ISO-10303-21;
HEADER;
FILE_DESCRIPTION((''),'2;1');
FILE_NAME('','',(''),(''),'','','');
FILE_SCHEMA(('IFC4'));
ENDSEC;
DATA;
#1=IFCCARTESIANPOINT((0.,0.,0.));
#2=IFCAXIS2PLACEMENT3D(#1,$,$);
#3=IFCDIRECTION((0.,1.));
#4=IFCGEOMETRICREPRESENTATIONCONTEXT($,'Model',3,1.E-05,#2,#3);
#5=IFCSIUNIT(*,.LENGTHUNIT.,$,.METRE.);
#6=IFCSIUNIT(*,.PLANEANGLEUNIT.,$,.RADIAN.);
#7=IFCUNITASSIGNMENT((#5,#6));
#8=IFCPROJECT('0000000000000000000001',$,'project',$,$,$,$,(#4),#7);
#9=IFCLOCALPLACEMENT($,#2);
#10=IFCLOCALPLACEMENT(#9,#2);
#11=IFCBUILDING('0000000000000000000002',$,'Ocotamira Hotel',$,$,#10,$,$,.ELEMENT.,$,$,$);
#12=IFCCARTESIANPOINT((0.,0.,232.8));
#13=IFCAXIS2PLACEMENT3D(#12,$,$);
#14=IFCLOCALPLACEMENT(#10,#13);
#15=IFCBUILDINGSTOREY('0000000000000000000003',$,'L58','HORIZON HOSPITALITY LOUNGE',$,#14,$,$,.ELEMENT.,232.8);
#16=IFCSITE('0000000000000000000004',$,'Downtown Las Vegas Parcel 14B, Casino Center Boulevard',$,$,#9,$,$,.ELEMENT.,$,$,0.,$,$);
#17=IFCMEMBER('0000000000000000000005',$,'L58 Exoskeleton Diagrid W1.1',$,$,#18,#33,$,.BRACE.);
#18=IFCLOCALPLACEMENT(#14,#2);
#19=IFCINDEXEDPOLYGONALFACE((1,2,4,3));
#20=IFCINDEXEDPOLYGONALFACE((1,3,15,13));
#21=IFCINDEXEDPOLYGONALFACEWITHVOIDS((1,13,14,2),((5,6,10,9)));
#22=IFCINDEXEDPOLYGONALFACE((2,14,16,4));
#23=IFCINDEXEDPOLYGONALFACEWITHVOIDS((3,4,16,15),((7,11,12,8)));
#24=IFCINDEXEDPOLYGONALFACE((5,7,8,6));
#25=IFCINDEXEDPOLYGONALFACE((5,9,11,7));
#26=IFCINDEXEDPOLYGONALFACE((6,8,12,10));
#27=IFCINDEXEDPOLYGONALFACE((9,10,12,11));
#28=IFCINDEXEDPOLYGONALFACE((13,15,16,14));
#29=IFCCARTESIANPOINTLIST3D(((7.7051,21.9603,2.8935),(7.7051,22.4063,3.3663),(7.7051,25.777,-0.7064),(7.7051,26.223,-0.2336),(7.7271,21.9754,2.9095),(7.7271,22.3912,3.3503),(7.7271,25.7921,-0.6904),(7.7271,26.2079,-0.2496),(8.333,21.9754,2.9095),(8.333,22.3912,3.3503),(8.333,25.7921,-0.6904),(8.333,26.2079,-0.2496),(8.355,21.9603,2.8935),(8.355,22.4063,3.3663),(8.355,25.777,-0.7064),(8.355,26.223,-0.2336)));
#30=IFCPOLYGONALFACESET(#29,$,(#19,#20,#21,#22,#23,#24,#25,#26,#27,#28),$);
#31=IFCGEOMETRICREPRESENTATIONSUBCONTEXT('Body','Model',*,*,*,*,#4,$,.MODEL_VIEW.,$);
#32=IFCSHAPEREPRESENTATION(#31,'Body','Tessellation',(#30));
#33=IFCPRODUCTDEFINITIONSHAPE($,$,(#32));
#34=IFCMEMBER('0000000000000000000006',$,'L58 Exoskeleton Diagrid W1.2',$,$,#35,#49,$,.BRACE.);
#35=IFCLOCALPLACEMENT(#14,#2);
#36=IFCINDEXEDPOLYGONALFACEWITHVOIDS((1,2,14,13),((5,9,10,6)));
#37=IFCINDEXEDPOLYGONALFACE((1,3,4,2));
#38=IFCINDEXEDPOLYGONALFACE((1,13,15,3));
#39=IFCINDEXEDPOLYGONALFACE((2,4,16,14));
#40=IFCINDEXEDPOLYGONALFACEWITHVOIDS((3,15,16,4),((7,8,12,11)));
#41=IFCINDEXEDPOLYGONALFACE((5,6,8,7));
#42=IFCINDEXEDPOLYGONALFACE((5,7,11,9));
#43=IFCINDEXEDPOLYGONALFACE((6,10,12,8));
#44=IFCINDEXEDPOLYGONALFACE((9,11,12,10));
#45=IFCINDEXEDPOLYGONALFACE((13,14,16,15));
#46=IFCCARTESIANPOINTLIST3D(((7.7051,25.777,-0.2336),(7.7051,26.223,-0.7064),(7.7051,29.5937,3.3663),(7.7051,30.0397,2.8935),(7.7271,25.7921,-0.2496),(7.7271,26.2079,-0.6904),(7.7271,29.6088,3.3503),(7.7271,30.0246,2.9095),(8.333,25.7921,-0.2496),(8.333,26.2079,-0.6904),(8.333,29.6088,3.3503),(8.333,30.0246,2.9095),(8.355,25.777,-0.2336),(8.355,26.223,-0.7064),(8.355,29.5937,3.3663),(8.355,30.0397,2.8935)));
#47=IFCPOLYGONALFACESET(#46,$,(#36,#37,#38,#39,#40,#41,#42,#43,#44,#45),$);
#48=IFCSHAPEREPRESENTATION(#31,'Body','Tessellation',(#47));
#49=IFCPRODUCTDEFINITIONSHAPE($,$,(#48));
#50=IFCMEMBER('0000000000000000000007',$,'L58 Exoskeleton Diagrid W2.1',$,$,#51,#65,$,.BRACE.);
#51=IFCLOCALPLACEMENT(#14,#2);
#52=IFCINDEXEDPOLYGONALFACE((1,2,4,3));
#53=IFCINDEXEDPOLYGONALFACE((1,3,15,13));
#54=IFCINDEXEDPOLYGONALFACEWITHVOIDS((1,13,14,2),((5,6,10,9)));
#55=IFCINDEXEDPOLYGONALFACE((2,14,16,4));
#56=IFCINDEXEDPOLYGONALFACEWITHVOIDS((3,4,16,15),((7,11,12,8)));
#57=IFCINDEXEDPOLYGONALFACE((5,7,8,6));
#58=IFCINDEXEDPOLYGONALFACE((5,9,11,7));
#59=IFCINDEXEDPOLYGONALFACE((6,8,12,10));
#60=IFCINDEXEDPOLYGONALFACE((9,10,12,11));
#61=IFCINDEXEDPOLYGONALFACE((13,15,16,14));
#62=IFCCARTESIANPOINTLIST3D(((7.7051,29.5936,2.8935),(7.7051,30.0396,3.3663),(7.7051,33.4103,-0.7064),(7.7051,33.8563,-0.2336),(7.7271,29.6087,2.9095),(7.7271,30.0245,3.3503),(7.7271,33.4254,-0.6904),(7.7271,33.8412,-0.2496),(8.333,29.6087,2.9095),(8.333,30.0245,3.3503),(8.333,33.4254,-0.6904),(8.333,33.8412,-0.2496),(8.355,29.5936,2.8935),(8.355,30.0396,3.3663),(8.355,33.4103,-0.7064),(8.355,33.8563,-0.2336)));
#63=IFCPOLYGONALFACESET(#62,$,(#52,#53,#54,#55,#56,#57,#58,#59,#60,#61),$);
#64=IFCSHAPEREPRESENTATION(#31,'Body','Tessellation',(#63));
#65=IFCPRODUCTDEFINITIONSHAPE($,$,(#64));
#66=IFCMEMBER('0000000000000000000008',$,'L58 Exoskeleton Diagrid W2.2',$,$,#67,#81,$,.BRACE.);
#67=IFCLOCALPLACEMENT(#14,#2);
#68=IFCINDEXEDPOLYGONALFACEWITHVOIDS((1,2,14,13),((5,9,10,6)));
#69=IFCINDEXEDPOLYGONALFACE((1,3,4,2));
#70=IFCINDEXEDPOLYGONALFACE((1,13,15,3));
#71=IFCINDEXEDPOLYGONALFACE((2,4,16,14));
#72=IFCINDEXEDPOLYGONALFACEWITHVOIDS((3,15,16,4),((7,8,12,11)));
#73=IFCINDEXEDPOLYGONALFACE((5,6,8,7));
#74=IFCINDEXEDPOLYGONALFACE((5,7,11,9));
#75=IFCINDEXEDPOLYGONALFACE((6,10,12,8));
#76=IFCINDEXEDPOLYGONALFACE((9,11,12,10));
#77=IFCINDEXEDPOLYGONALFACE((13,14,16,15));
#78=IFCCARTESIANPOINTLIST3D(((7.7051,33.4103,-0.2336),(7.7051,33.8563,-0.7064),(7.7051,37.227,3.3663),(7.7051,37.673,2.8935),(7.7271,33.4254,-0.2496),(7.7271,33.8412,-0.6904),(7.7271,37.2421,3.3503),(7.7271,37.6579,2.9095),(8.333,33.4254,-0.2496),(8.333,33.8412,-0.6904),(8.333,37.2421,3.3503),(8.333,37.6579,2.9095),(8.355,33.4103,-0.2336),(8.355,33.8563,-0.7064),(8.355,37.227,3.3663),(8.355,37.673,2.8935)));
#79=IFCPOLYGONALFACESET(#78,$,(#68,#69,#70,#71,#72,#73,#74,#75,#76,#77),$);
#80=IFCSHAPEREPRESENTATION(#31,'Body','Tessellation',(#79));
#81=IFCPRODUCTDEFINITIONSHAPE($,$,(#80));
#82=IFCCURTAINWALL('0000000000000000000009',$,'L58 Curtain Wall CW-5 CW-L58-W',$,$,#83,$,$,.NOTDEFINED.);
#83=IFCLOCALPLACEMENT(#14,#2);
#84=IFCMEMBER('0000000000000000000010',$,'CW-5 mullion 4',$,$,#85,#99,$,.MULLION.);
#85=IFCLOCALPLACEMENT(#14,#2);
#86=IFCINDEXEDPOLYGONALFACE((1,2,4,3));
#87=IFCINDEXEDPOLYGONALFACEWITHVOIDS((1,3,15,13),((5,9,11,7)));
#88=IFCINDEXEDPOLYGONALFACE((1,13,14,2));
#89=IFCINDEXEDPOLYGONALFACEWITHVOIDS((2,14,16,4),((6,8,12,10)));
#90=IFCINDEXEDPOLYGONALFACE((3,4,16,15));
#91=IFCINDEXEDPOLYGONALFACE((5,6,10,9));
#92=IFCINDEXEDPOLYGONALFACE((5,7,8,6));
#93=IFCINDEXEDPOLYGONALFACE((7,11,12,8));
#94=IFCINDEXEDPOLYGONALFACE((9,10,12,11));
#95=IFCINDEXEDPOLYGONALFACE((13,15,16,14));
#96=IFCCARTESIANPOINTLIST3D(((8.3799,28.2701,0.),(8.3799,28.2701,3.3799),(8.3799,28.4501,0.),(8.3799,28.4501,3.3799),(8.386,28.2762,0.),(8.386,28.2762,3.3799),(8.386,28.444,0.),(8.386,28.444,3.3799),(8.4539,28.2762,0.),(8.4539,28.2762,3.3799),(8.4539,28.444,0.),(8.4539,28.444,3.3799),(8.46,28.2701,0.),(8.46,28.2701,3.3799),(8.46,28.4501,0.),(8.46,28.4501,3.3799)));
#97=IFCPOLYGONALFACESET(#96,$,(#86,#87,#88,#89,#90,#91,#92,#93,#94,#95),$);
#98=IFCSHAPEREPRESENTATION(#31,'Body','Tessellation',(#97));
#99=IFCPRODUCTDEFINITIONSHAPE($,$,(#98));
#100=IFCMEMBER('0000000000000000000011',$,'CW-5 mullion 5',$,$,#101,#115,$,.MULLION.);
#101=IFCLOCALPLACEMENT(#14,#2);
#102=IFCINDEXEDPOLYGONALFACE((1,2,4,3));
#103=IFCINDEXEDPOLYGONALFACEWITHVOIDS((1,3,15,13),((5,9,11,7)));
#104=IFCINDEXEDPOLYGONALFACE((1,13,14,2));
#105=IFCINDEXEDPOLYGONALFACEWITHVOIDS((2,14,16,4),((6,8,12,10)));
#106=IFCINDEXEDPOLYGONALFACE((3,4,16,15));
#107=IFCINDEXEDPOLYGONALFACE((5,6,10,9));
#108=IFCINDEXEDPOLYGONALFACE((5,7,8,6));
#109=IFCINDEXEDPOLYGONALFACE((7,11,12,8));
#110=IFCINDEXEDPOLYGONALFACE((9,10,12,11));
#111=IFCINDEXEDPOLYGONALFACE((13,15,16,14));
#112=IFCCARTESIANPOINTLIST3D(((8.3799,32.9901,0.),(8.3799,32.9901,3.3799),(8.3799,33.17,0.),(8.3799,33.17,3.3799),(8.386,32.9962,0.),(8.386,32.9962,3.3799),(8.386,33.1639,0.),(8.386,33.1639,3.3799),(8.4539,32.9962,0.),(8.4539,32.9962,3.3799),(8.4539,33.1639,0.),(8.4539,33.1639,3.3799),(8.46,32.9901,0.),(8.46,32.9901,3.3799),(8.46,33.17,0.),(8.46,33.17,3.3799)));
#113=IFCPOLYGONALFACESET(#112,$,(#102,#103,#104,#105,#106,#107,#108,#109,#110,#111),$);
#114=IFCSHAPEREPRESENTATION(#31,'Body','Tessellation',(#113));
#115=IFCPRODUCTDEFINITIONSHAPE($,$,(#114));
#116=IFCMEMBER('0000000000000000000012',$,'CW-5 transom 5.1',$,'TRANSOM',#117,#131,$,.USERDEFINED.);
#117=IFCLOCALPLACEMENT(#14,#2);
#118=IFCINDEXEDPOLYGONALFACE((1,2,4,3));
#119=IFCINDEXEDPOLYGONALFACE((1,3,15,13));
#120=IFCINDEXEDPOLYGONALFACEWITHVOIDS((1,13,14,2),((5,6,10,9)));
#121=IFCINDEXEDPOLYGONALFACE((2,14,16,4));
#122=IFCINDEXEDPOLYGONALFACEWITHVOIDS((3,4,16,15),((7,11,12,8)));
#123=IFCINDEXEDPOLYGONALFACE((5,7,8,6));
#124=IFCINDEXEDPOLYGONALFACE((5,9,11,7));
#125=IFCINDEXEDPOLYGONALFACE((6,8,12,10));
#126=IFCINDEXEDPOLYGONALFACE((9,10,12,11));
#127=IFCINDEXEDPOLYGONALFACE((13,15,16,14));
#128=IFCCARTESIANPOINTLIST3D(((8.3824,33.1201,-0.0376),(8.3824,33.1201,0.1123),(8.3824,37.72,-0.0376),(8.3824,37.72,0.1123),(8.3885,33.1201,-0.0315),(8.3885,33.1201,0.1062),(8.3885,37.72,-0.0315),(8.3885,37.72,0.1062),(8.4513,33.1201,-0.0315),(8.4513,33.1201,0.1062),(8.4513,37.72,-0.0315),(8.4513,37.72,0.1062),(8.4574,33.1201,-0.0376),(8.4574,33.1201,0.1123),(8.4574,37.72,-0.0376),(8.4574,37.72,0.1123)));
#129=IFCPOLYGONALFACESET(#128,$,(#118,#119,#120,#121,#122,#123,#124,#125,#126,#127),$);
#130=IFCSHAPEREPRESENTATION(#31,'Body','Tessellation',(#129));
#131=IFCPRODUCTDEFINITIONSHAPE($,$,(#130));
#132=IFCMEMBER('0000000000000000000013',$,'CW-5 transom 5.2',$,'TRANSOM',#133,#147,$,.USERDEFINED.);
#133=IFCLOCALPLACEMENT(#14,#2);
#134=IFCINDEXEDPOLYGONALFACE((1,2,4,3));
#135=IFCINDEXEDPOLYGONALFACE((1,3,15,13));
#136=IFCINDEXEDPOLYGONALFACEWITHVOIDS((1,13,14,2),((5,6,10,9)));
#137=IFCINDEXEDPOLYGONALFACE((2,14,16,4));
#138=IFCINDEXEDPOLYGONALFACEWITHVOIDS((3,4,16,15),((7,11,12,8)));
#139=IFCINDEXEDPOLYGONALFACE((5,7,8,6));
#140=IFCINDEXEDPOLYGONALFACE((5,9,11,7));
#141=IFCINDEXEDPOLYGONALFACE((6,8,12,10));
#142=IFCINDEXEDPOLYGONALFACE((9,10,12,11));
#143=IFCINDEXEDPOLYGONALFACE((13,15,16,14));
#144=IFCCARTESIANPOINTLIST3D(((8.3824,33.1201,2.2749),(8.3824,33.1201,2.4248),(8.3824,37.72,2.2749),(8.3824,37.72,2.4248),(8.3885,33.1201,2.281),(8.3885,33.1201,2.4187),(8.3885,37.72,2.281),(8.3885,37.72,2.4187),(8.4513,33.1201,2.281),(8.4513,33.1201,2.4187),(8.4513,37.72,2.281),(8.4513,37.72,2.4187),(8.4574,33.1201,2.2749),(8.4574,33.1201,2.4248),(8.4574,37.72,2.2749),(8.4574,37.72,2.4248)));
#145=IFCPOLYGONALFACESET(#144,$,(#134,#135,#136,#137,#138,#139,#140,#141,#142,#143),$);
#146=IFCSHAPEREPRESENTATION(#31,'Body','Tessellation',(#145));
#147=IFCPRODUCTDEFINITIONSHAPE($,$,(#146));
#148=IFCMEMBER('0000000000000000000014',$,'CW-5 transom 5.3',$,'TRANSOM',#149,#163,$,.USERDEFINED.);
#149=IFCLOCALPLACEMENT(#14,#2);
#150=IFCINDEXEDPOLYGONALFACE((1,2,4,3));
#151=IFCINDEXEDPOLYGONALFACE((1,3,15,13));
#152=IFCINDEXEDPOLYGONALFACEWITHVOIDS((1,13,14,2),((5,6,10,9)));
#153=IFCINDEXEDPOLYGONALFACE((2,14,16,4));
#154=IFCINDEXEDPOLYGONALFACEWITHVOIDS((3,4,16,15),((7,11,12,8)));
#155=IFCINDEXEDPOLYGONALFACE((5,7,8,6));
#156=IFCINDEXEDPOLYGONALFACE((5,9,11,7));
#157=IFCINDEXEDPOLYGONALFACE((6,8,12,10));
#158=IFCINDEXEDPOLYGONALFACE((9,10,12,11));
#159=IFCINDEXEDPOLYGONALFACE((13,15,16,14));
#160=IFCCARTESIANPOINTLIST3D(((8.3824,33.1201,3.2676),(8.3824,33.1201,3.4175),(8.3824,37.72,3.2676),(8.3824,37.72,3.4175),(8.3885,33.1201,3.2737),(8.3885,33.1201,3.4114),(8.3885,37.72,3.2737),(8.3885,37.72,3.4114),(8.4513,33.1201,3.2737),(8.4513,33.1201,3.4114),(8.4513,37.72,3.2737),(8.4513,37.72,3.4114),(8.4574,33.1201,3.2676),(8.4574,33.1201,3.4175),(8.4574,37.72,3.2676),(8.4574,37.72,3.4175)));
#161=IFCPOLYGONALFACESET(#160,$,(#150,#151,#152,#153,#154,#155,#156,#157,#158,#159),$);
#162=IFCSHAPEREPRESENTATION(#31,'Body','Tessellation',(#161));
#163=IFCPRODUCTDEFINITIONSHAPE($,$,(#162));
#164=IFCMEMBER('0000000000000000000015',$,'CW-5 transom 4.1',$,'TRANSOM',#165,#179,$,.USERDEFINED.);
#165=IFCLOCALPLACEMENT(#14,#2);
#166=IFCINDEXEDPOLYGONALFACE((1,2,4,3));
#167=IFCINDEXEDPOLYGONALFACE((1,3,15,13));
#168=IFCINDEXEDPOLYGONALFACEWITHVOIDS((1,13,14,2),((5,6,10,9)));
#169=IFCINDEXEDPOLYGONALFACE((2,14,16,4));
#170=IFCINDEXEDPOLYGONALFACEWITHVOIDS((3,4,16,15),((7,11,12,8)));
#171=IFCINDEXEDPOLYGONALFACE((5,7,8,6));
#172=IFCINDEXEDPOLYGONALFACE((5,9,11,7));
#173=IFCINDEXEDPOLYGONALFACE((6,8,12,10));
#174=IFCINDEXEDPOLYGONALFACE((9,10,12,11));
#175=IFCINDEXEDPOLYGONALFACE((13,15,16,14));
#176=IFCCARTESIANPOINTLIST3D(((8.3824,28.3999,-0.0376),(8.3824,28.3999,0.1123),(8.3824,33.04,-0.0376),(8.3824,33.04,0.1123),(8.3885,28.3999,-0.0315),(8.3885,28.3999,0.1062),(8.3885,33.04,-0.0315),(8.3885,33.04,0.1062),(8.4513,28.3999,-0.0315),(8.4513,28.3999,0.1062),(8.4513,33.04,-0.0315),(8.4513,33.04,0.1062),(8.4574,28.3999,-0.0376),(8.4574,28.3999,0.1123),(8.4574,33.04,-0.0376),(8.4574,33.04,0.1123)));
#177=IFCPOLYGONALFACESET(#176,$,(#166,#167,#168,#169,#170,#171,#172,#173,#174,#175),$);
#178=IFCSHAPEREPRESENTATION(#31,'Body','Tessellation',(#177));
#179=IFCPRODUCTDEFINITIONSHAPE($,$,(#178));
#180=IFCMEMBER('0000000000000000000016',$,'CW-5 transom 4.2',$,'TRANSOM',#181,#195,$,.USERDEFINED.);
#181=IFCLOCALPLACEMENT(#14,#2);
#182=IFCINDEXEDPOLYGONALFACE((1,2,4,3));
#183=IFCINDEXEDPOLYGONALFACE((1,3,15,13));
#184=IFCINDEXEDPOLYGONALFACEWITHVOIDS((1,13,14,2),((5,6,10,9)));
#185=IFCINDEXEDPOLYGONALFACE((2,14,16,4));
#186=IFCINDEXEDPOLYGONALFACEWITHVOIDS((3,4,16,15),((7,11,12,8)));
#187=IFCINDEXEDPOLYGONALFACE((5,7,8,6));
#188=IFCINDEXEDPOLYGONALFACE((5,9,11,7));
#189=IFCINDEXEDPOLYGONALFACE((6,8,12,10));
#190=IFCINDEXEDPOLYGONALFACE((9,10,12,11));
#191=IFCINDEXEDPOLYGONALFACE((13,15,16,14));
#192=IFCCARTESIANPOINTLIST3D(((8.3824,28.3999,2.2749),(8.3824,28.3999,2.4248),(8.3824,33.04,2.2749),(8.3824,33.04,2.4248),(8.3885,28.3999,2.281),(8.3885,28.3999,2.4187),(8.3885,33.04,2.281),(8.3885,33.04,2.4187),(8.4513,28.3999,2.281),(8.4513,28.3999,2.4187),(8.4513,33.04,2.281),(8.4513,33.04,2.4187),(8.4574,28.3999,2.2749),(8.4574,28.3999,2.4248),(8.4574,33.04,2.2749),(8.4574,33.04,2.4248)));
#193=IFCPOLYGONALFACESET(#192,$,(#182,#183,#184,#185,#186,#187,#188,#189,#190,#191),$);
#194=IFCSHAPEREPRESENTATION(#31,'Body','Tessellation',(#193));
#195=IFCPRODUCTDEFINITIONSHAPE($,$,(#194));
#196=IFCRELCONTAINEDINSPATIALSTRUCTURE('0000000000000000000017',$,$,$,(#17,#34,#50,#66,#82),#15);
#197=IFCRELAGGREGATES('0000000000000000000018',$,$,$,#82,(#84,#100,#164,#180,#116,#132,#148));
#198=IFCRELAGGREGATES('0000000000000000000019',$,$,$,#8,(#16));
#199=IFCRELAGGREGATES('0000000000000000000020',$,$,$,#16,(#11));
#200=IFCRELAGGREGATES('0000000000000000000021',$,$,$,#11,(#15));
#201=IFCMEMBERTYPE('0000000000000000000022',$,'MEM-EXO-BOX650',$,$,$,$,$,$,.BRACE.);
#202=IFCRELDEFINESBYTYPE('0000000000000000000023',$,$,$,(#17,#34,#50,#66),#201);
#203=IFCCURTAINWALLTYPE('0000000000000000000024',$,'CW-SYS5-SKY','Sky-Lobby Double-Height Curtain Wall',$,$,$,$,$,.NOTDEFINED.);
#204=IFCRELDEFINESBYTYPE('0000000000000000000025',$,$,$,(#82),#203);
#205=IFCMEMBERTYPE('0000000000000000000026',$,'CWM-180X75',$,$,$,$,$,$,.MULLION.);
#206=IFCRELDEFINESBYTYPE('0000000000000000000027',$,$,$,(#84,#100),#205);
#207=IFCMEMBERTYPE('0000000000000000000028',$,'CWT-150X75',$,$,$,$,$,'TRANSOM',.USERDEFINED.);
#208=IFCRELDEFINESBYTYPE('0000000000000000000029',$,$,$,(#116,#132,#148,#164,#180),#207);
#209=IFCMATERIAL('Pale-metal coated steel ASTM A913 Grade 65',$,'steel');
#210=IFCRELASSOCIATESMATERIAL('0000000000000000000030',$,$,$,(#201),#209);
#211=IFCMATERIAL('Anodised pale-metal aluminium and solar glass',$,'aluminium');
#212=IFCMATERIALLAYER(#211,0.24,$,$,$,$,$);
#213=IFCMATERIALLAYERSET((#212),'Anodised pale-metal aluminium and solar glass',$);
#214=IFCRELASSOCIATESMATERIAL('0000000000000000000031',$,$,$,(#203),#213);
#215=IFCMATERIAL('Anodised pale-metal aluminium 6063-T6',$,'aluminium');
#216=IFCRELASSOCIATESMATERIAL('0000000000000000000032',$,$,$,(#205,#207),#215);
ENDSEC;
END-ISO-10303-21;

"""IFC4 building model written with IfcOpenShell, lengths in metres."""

from ifc_helpers import new_model, si_unit, direction, frame, origin, origin_2d, place, context, subcontext, project, spatial, hollow_rectangle, extrude, source, transform, mapped, material, layer, layer_set, material_profile, profile_set, type_object, element, aggregate, save


model = new_model("IFC4")

# Units and contexts
model_context = context("Model", 3, precision=1e-05, world=origin(), true_north=direction((0.0, 1.0)))
body_context = subcontext(model_context, "Body", "Model", "MODEL_VIEW")
ifc_project = project(units=[si_unit("LENGTHUNIT", "METRE"), si_unit("PLANEANGLEUNIT", "RADIAN")], contexts=[model_context])

# Site, building, storey
site_placement = place(None, origin())
site = spatial("IfcSite", under=ifc_project, at=site_placement, Name="Downtown Las Vegas Parcel 14B, Casino Center Boulevard", CompositionType="ELEMENT", RefElevation=0.0)
building_placement = place(site_placement, origin())
building = spatial("IfcBuilding", under=site, at=building_placement, Name="Ocotamira Hotel", CompositionType="ELEMENT")
storey_placement = place(building_placement, frame((0.0, 0.0, 232.8)))
storey = spatial("IfcBuildingStorey", under=building, at=storey_placement, Name="L58", Description="HORIZON HOSPITALITY LOUNGE", CompositionType="ELEMENT", Elevation=232.8)

# Members
ifc_material_1 = material(Name="Pale-metal coated steel ASTM A913 Grade 65", Category="steel")
ifc_material_profile_1 = material_profile(ifc_material_1, hollow_rectangle(XDim=0.6499, YDim=0.6499, WallThickness=0.022, at=origin_2d()), Name="BOX650X650X22")
ifc_profile_set_1 = profile_set([ifc_material_profile_1], Name="Pale-metal coated steel ASTM A913 Grade 65")
member_type_1 = type_object("IfcMemberType", Name="MEM-EXO-BOX650", PredefinedType="BRACE", material=ifc_profile_set_1)
shared_shape_1 = source(origin(), body_context, "Body", "SweptSolid", [
    extrude(hollow_rectangle(XDim=0.6499, YDim=0.6499, WallThickness=0.022, at=origin_2d()), origin(), (0.0, 0.0, 1.0), 5.2466),
])
for number, where, z_axis, x_axis, name in (
    (1, (8.03, 26.0, -0.47), (0.0, -0.727466, 0.686144), (1.0, 0.0, 0.0), "L58 Exoskeleton Diagrid W1.1"),
    (2, (8.03, 26.0, -0.47), (0.0, 0.727466, 0.686144), (-1.0, 0.0, 0.0), "L58 Exoskeleton Diagrid W1.2"),
    (3, (8.03, 33.6333, -0.47), (0.0, -0.727466, 0.686144), (1.0, 0.0, 0.0), "L58 Exoskeleton Diagrid W2.1"),
    (4, (8.03, 33.6333, -0.47), (0.0, 0.727466, 0.686144), (-1.0, 0.0, 0.0), "L58 Exoskeleton Diagrid W2.2"),
):
    element("IfcMember", number, at=place(storey_placement, frame(where, z_axis=z_axis, x_axis=x_axis)), inside=storey, type_object=member_type_1, Name=name, PredefinedType="BRACE", context=body_context, shape_type="MappedRepresentation", body=[
        mapped(shared_shape_1, transform((0.0, 0.0, 0.0), scale=1.0)),
    ])

# Curtain wall, members
ifc_material_2 = material(Name="Anodised pale-metal aluminium and solar glass", Category="aluminium")
ifc_layer_1 = layer(ifc_material_2, 0.24)
ifc_layer_set_1 = layer_set([ifc_layer_1], Name="Anodised pale-metal aluminium and solar glass")
curtain_wall_type = type_object("IfcCurtainWallType", Name="CW-SYS5-SKY", Description="Sky-Lobby Double-Height Curtain Wall", PredefinedType="NOTDEFINED", material=ifc_layer_set_1)
curtain_wall_placement = place(storey_placement, origin())
curtain_wall = element("IfcCurtainWall", 5, at=curtain_wall_placement, inside=storey, type_object=curtain_wall_type, Name="L58 Curtain Wall CW-5 CW-L58-W", PredefinedType="NOTDEFINED")
ifc_material_3 = material(Name="Anodised pale-metal aluminium 6063-T6", Category="aluminium")
ifc_material_profile_2 = material_profile(ifc_material_3, hollow_rectangle(XDim=0.0801, YDim=0.1799, WallThickness=0.0061, at=origin_2d()), Name="HSS180X80X6")
ifc_profile_set_2 = profile_set([ifc_material_profile_2], Name="Anodised pale-metal aluminium 6063-T6")
member_type_2 = type_object("IfcMemberType", Name="CWM-180X75", PredefinedType="MULLION", material=ifc_profile_set_2)
shared_shape_2 = source(origin(), body_context, "Body", "SweptSolid", [
    extrude(hollow_rectangle(XDim=0.0801, YDim=0.1799, WallThickness=0.0061, at=origin_2d()), origin(), (0.0, 0.0, 1.0), 3.3799),
])
member_1_placement = place(storey_placement, frame((8.4199, 28.3601, 0.0), z_axis=(0.0, 0.0, 1.0), x_axis=(-1.0, 0.0, 0.0)))
member_1 = element("IfcMember", 6, at=member_1_placement, type_object=member_type_2, Name="CW-5 mullion 4", PredefinedType="MULLION", context=body_context, shape_type="MappedRepresentation", body=[
    mapped(shared_shape_2, transform((0.0, 0.0, 0.0), scale=1.0)),
])
member_2_placement = place(storey_placement, frame((8.4199, 33.0801, 0.0), z_axis=(0.0, 0.0, 1.0), x_axis=(-1.0, 0.0, 0.0)))
member_2 = element("IfcMember", 7, at=member_2_placement, type_object=member_type_2, Name="CW-5 mullion 5", PredefinedType="MULLION", context=body_context, shape_type="MappedRepresentation", body=[
    mapped(shared_shape_2, transform((0.0, 0.0, 0.0), scale=1.0)),
])
ifc_material_profile_3 = material_profile(ifc_material_3, hollow_rectangle(XDim=0.075, YDim=0.1499, WallThickness=0.0061, at=origin_2d()), Name="HSS150X75X6")
ifc_profile_set_3 = profile_set([ifc_material_profile_3], Name="Anodised pale-metal aluminium 6063-T6")
member_type_3 = type_object("IfcMemberType", Name="CWT-150X75", ElementType="TRANSOM", PredefinedType="USERDEFINED", material=ifc_profile_set_3)
shared_shape_3 = source(origin(), body_context, "Body", "SweptSolid", [
    extrude(hollow_rectangle(XDim=0.075, YDim=0.1499, WallThickness=0.0061, at=origin_2d()), origin(), (0.0, 0.0, 1.0), 4.5999),
])
member_3_placement = place(storey_placement, frame((8.4199, 33.1201, 0.0374), z_axis=(0.0, 1.0, 0.0), x_axis=(-1.0, 0.0, 0.0)))
member_3 = element("IfcMember", 8, at=member_3_placement, type_object=member_type_3, Name="CW-5 transom 5.1", ObjectType="TRANSOM", PredefinedType="USERDEFINED", context=body_context, shape_type="MappedRepresentation", body=[
    mapped(shared_shape_3, transform((0.0, 0.0, 0.0), scale=1.0)),
])
member_4_placement = place(storey_placement, frame((8.4199, 33.1201, 2.3499), z_axis=(0.0, 1.0, 0.0), x_axis=(-1.0, 0.0, 0.0)))
member_4 = element("IfcMember", 9, at=member_4_placement, type_object=member_type_3, Name="CW-5 transom 5.2", ObjectType="TRANSOM", PredefinedType="USERDEFINED", context=body_context, shape_type="MappedRepresentation", body=[
    mapped(shared_shape_3, transform((0.0, 0.0, 0.0), scale=1.0)),
])
member_5_placement = place(storey_placement, frame((8.4199, 33.1201, 3.3425), z_axis=(0.0, 1.0, 0.0), x_axis=(-1.0, 0.0, 0.0)))
member_5 = element("IfcMember", 10, at=member_5_placement, type_object=member_type_3, Name="CW-5 transom 5.3", ObjectType="TRANSOM", PredefinedType="USERDEFINED", context=body_context, shape_type="MappedRepresentation", body=[
    mapped(shared_shape_3, transform((0.0, 0.0, 0.0), scale=1.0)),
])
shared_shape_4 = source(origin(), body_context, "Body", "SweptSolid", [
    extrude(hollow_rectangle(XDim=0.075, YDim=0.1499, WallThickness=0.0061, at=origin_2d()), origin(), (0.0, 0.0, 1.0), 4.6401),
])
member_6_placement = place(storey_placement, frame((8.4199, 28.3999, 0.0374), z_axis=(0.0, 1.0, 0.0), x_axis=(-1.0, 0.0, 0.0)))
member_6 = element("IfcMember", 11, at=member_6_placement, type_object=member_type_3, Name="CW-5 transom 4.1", ObjectType="TRANSOM", PredefinedType="USERDEFINED", context=body_context, shape_type="MappedRepresentation", body=[
    mapped(shared_shape_4, transform((0.0, 0.0, 0.0), scale=1.0)),
])
member_7_placement = place(storey_placement, frame((8.4199, 28.3999, 2.3499), z_axis=(0.0, 1.0, 0.0), x_axis=(-1.0, 0.0, 0.0)))
member_7 = element("IfcMember", 12, at=member_7_placement, type_object=member_type_3, Name="CW-5 transom 4.2", ObjectType="TRANSOM", PredefinedType="USERDEFINED", context=body_context, shape_type="MappedRepresentation", body=[
    mapped(shared_shape_4, transform((0.0, 0.0, 0.0), scale=1.0)),
])

aggregate(curtain_wall, [member_1, member_2, member_6, member_7, member_3, member_4, member_5])

save(model, "model.ifc")
